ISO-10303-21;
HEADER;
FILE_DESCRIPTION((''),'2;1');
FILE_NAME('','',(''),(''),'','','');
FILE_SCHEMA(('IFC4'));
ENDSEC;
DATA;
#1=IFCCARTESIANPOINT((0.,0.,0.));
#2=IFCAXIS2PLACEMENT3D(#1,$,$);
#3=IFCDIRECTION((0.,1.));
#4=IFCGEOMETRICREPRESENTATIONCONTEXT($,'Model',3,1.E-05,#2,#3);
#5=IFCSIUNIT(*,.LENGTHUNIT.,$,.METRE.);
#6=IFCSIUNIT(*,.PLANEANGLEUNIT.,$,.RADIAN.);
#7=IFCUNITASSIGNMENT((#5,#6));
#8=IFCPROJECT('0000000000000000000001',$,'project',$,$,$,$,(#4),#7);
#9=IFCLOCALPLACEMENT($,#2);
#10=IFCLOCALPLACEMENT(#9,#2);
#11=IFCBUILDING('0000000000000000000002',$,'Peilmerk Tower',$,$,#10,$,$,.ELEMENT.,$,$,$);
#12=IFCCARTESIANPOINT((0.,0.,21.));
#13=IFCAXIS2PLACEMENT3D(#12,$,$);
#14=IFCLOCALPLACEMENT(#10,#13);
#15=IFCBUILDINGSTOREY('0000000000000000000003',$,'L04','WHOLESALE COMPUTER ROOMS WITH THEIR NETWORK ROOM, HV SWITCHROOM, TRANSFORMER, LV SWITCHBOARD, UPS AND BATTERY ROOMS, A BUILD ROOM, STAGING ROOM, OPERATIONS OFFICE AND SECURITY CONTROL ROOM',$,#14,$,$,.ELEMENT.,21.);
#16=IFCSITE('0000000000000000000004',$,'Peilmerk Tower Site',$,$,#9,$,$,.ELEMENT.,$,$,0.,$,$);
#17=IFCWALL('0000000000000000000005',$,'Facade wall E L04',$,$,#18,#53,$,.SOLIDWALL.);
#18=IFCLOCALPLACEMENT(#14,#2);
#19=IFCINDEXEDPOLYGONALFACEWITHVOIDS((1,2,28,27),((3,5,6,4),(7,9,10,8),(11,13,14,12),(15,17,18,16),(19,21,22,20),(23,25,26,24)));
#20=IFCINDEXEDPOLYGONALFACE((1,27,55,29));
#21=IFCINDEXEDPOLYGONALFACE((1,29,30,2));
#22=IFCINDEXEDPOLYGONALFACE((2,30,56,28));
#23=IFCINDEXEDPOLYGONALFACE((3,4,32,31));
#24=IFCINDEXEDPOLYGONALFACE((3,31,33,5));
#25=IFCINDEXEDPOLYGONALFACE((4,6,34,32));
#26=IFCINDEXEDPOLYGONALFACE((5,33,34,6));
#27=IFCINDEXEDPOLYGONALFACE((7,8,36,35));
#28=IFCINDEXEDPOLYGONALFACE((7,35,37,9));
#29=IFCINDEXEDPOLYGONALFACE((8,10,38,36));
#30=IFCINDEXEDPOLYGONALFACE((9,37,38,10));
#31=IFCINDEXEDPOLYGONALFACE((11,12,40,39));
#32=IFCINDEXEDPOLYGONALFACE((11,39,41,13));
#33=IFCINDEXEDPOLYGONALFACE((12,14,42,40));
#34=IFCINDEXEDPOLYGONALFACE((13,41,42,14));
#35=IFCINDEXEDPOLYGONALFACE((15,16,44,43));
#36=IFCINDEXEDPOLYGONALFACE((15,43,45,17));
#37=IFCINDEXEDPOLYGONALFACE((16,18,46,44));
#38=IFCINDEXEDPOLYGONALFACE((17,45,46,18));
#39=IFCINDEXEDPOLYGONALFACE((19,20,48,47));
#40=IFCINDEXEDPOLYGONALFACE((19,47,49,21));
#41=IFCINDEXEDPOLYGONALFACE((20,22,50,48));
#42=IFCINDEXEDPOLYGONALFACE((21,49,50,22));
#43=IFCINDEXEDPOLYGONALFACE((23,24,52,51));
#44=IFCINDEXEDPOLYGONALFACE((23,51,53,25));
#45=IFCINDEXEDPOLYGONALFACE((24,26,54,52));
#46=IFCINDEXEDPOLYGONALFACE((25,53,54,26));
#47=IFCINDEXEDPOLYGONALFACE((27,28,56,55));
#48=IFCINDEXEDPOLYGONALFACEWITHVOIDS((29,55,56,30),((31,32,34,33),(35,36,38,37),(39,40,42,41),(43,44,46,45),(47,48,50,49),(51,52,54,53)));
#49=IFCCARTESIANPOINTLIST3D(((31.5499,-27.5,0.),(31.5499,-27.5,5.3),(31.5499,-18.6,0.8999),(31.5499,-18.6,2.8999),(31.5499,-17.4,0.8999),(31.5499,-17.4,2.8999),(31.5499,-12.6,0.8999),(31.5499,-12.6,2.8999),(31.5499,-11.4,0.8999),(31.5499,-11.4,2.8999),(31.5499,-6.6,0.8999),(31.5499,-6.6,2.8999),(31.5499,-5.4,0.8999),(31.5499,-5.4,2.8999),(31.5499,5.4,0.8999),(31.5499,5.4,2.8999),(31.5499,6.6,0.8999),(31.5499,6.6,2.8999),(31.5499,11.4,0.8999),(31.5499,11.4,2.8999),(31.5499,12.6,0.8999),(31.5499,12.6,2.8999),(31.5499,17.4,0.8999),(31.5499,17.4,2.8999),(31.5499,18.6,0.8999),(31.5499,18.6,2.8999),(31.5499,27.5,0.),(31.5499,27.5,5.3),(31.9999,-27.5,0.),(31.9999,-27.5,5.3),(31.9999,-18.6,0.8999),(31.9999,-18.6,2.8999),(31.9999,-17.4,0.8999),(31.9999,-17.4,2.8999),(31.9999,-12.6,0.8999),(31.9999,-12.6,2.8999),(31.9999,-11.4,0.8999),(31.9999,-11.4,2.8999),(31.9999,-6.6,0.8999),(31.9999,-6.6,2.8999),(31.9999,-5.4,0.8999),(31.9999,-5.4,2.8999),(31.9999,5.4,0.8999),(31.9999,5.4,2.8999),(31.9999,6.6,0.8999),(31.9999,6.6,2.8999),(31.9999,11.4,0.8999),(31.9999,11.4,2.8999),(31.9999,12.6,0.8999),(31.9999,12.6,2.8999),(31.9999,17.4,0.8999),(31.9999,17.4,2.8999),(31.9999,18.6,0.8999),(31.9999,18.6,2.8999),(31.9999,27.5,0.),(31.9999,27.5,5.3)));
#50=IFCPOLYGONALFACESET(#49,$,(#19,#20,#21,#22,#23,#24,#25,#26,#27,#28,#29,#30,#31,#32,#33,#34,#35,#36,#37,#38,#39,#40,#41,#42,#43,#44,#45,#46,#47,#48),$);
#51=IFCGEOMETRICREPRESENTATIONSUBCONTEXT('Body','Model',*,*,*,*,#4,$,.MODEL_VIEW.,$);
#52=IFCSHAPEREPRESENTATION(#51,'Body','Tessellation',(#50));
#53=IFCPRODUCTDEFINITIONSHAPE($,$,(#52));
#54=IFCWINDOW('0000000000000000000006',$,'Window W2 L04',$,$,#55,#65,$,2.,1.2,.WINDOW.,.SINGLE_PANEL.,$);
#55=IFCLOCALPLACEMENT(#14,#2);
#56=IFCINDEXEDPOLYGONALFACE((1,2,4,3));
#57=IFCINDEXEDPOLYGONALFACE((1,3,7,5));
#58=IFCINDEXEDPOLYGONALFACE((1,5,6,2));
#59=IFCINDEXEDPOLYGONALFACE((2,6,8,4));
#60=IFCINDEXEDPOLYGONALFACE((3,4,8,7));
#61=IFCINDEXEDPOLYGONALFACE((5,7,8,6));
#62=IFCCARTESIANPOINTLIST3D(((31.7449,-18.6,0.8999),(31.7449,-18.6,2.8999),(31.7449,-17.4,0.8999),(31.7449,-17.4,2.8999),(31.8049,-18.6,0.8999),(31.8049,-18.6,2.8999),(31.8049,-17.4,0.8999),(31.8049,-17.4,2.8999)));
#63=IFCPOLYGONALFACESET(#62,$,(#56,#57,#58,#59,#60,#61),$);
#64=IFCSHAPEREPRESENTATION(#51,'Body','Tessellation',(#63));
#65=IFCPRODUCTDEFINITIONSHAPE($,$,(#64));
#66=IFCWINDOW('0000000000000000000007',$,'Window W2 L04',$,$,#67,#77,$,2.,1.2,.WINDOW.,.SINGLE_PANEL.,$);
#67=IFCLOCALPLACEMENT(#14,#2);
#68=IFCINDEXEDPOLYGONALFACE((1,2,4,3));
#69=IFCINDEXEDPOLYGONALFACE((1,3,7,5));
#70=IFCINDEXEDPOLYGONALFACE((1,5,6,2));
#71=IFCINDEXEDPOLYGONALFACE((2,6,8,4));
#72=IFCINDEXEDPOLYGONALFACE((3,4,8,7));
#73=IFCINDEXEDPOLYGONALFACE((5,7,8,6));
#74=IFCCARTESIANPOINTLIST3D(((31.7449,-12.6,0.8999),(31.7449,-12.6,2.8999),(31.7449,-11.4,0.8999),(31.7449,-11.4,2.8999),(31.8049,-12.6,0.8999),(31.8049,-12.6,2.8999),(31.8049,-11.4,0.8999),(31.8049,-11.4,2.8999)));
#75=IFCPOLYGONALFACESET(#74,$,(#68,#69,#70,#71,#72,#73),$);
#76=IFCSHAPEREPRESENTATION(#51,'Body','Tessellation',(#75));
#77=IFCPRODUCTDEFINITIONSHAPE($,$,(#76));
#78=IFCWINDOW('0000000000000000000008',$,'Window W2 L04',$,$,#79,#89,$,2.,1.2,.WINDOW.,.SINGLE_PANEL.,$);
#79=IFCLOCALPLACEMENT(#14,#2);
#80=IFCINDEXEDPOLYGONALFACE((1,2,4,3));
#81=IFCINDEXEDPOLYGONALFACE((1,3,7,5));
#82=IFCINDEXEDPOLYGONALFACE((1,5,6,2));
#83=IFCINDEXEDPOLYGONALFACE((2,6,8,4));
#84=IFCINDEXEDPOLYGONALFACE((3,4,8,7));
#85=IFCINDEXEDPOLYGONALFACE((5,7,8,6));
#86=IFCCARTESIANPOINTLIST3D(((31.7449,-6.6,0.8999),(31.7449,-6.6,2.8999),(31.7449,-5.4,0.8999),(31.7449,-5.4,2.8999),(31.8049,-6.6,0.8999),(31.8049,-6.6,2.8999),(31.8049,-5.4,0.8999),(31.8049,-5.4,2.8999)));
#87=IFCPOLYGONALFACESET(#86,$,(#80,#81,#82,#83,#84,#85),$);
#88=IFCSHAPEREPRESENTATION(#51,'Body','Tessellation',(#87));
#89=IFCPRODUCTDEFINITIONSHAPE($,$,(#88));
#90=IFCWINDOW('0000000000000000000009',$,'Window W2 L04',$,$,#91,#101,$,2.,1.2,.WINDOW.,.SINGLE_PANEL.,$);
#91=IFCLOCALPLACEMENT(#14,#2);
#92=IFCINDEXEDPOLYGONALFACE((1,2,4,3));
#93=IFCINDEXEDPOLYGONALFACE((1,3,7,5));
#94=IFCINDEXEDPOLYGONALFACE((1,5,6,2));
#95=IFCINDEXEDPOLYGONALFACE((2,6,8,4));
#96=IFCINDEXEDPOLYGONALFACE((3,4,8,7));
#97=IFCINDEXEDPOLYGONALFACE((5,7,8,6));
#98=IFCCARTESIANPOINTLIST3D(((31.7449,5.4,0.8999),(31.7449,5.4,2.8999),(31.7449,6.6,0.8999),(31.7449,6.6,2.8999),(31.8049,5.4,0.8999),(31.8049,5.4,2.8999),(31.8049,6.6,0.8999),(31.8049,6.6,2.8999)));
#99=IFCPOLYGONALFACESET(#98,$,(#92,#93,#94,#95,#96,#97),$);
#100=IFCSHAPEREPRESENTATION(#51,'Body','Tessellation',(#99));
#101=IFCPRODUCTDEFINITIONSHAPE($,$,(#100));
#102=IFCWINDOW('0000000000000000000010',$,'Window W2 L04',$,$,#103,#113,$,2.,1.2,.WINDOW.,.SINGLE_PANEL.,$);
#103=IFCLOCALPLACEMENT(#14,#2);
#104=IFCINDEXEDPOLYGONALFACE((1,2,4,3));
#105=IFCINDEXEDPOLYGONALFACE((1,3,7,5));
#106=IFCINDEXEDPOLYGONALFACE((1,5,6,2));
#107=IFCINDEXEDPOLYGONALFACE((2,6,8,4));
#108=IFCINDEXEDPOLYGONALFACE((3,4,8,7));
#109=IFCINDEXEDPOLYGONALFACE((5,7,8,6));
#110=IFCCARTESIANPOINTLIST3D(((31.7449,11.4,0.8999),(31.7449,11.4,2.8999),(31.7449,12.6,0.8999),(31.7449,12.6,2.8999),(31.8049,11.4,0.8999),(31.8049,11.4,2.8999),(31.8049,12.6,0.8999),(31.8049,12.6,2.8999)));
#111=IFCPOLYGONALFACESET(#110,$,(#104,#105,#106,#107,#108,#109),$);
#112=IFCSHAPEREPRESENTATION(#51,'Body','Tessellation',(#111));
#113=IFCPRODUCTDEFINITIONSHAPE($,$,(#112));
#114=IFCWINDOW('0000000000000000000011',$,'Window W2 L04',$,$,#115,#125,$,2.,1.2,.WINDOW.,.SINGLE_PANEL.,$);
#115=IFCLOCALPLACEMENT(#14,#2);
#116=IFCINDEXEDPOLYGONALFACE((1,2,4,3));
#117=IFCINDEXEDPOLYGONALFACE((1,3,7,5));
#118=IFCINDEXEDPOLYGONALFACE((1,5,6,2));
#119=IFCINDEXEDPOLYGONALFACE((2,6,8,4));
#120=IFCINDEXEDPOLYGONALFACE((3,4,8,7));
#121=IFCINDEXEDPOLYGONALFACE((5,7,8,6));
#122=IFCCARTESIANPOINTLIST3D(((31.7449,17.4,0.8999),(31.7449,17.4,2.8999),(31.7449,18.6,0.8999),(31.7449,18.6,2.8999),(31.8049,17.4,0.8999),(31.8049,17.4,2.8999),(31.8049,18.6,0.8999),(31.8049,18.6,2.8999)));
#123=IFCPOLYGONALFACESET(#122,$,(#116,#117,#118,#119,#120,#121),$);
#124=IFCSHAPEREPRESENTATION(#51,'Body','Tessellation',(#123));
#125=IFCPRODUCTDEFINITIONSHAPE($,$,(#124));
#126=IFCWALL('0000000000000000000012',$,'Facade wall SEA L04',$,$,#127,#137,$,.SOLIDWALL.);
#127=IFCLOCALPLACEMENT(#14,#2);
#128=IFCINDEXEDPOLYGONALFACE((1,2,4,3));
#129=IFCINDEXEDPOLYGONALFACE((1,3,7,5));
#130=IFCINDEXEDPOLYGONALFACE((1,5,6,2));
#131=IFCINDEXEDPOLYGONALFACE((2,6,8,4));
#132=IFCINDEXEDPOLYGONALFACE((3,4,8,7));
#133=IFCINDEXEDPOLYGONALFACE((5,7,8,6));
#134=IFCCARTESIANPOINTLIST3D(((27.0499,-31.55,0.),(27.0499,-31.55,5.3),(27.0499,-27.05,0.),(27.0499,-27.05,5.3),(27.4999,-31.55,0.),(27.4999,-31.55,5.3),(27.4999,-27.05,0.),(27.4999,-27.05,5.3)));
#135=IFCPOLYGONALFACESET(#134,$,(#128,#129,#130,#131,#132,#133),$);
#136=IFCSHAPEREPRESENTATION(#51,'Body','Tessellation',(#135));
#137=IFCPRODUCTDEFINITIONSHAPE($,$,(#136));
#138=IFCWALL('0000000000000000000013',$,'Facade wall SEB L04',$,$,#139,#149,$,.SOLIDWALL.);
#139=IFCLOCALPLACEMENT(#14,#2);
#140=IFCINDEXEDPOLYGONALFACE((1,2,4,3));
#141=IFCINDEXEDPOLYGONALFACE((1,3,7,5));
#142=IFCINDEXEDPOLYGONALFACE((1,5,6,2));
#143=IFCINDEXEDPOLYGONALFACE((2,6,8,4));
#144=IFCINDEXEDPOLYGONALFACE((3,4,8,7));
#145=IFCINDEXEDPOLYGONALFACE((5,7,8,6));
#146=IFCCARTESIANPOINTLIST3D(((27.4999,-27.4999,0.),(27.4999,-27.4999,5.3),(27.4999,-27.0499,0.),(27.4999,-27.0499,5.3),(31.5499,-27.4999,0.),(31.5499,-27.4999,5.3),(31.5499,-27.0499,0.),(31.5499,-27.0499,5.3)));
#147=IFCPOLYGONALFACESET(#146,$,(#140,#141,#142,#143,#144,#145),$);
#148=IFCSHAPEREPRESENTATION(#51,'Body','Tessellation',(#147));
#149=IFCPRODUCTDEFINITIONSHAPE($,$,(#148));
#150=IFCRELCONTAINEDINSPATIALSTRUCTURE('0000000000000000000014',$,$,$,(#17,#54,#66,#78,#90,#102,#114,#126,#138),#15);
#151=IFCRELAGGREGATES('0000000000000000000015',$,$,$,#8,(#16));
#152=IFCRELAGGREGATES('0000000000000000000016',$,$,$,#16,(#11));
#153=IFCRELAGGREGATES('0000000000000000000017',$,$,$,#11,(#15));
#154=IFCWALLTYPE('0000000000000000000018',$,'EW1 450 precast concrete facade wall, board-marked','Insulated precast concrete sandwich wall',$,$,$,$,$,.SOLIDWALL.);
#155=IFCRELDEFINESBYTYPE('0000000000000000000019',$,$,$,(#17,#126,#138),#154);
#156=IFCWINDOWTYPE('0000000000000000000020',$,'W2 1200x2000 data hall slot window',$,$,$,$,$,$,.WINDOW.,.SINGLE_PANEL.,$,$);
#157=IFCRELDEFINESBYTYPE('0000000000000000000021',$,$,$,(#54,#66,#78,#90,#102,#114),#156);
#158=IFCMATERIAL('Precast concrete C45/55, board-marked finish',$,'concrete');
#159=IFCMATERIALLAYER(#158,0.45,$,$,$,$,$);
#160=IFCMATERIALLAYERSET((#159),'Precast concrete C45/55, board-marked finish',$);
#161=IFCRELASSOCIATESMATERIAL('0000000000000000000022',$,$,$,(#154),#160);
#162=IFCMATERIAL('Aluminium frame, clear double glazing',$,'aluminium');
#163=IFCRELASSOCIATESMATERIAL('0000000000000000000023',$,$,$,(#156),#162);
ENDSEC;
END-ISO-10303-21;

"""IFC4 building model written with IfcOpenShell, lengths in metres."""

from ifc_helpers import new_model, si_unit, direction, frame, frame_2d, origin, place, context, subcontext, project, spatial, rectangle, extrude, material, layer, layer_set, type_object, element, fill, save


model = new_model("IFC4")

# Units and contexts
model_context = context("Model", 3, precision=1e-05, world=origin(), true_north=direction((0.0, 1.0)))
body_context = subcontext(model_context, "Body", "Model", "MODEL_VIEW")
ifc_project = project(units=[si_unit("LENGTHUNIT", "METRE"), si_unit("PLANEANGLEUNIT", "RADIAN")], contexts=[model_context])

# Site, building, storey
site_placement = place(None, origin())
site = spatial("IfcSite", under=ifc_project, at=site_placement, Name="Peilmerk Tower Site", CompositionType="ELEMENT", RefElevation=0.0)
building_placement = place(site_placement, origin())
building = spatial("IfcBuilding", under=site, at=building_placement, Name="Peilmerk Tower", CompositionType="ELEMENT")
storey_placement = place(building_placement, frame((0.0, 0.0, 21.0)))
storey = spatial("IfcBuildingStorey", under=building, at=storey_placement, Name="L04", Description="WHOLESALE COMPUTER ROOMS WITH THEIR NETWORK ROOM, HV SWITCHROOM, TRANSFORMER, LV SWITCHBOARD, UPS AND BATTERY ROOMS, A BUILD ROOM, STAGING ROOM, OPERATIONS OFFICE AND SECURITY CONTROL ROOM", CompositionType="ELEMENT", Elevation=21.0)

# Wall, openings, windows
ifc_material_1 = material(Name="Precast concrete C45/55, board-marked finish", Category="concrete")
ifc_layer = layer(ifc_material_1, 0.45)
ifc_layer_set = layer_set([ifc_layer], Name="Precast concrete C45/55, board-marked finish")
wall_type = type_object("IfcWallType", Name="EW1 450 precast concrete facade wall, board-marked", Description="Insulated precast concrete sandwich wall", PredefinedType="SOLIDWALL", material=ifc_layer_set)
wall_1_placement = place(storey_placement, frame((31.7749, -27.5, 0.0), z_axis=(0.0, 0.0, 1.0), x_axis=(0.0, 1.0, 0.0)))
wall_1 = element("IfcWall", 1, at=wall_1_placement, inside=storey, type_object=wall_type, Name="Facade wall E L04", PredefinedType="SOLIDWALL", context=body_context, shape_type="SweptSolid", body=[
    extrude(rectangle(XDim=55.0, YDim=0.45, at=frame_2d((27.5, 0.0))), origin(), (0.0, 0.0, 1.0), 5.3),
])
opening_1_placement = place(wall_1_placement, frame((8.8999, 0.0, 0.8999)))
opening_1 = element("IfcOpeningElement", 2, at=opening_1_placement, cuts=wall_1, PredefinedType="OPENING", context=body_context, shape_type="SweptSolid", body=[
    extrude(rectangle(XDim=1.2, YDim=2.0, at=frame_2d((0.6001, 1.0))), frame((0.0, 0.2349, 0.0), z_axis=(0.0, -1.0, 0.0), x_axis=(1.0, 0.0, 0.0)), (0.0, 0.0, 1.0), 0.47),
])
opening_2_placement = place(wall_1_placement, frame((14.8999, 0.0, 0.8999)))
opening_2 = element("IfcOpeningElement", 3, at=opening_2_placement, cuts=wall_1, PredefinedType="OPENING", context=body_context, shape_type="SweptSolid", body=[
    extrude(rectangle(XDim=1.2, YDim=2.0, at=frame_2d((0.6001, 1.0))), frame((0.0, 0.2349, 0.0), z_axis=(0.0, -1.0, 0.0), x_axis=(1.0, 0.0, 0.0)), (0.0, 0.0, 1.0), 0.47),
])
opening_3_placement = place(wall_1_placement, frame((20.8999, 0.0, 0.8999)))
opening_3 = element("IfcOpeningElement", 4, at=opening_3_placement, cuts=wall_1, PredefinedType="OPENING", context=body_context, shape_type="SweptSolid", body=[
    extrude(rectangle(XDim=1.2, YDim=2.0, at=frame_2d((0.6001, 1.0))), frame((0.0, 0.2349, 0.0), z_axis=(0.0, -1.0, 0.0), x_axis=(1.0, 0.0, 0.0)), (0.0, 0.0, 1.0), 0.47),
])
opening_4_placement = place(wall_1_placement, frame((32.8999, 0.0, 0.8999)))
opening_4 = element("IfcOpeningElement", 5, at=opening_4_placement, cuts=wall_1, PredefinedType="OPENING", context=body_context, shape_type="SweptSolid", body=[
    extrude(rectangle(XDim=1.2, YDim=2.0, at=frame_2d((0.6001, 1.0))), frame((0.0, 0.2349, 0.0), z_axis=(0.0, -1.0, 0.0), x_axis=(1.0, 0.0, 0.0)), (0.0, 0.0, 1.0), 0.47),
])
opening_5_placement = place(wall_1_placement, frame((38.8999, 0.0, 0.8999)))
opening_5 = element("IfcOpeningElement", 6, at=opening_5_placement, cuts=wall_1, PredefinedType="OPENING", context=body_context, shape_type="SweptSolid", body=[
    extrude(rectangle(XDim=1.2, YDim=2.0, at=frame_2d((0.6001, 1.0))), frame((0.0, 0.2349, 0.0), z_axis=(0.0, -1.0, 0.0), x_axis=(1.0, 0.0, 0.0)), (0.0, 0.0, 1.0), 0.47),
])
opening_6_placement = place(wall_1_placement, frame((44.8999, 0.0, 0.8999)))
opening_6 = element("IfcOpeningElement", 7, at=opening_6_placement, cuts=wall_1, PredefinedType="OPENING", context=body_context, shape_type="SweptSolid", body=[
    extrude(rectangle(XDim=1.2, YDim=2.0, at=frame_2d((0.6001, 1.0))), frame((0.0, 0.2349, 0.0), z_axis=(0.0, -1.0, 0.0), x_axis=(1.0, 0.0, 0.0)), (0.0, 0.0, 1.0), 0.47),
])
ifc_material_2 = material(Name="Aluminium frame, clear double glazing", Category="aluminium")
window_type = type_object("IfcWindowType", Name="W2 1200x2000 data hall slot window", PartitioningType="SINGLE_PANEL", PredefinedType="WINDOW", material=ifc_material_2)
window_1_placement = place(opening_1_placement, origin())
window_1 = element("IfcWindow", 8, at=window_1_placement, inside=storey, type_object=window_type, Name="Window W2 L04", OverallHeight=2.0, OverallWidth=1.2, PartitioningType="SINGLE_PANEL", PredefinedType="WINDOW", context=body_context, shape_type="SweptSolid", body=[
    extrude(rectangle(XDim=1.2, YDim=2.0, at=frame_2d((0.6001, 1.0))), frame((0.0, 0.03, 0.0), z_axis=(0.0, -1.0, 0.0), x_axis=(1.0, 0.0, 0.0)), (0.0, 0.0, 1.0), 0.0601),
])
fill(opening_1, window_1)
window_2_placement = place(opening_2_placement, origin())
window_2 = element("IfcWindow", 9, at=window_2_placement, inside=storey, type_object=window_type, Name="Window W2 L04", OverallHeight=2.0, OverallWidth=1.2, PartitioningType="SINGLE_PANEL", PredefinedType="WINDOW", context=body_context, shape_type="SweptSolid", body=[
    extrude(rectangle(XDim=1.2, YDim=2.0, at=frame_2d((0.6001, 1.0))), frame((0.0, 0.03, 0.0), z_axis=(0.0, -1.0, 0.0), x_axis=(1.0, 0.0, 0.0)), (0.0, 0.0, 1.0), 0.0601),
])
fill(opening_2, window_2)
window_3_placement = place(opening_3_placement, origin())
window_3 = element("IfcWindow", 10, at=window_3_placement, inside=storey, type_object=window_type, Name="Window W2 L04", OverallHeight=2.0, OverallWidth=1.2, PartitioningType="SINGLE_PANEL", PredefinedType="WINDOW", context=body_context, shape_type="SweptSolid", body=[
    extrude(rectangle(XDim=1.2, YDim=2.0, at=frame_2d((0.6001, 1.0))), frame((0.0, 0.03, 0.0), z_axis=(0.0, -1.0, 0.0), x_axis=(1.0, 0.0, 0.0)), (0.0, 0.0, 1.0), 0.0601),
])
fill(opening_3, window_3)
window_4_placement = place(opening_4_placement, origin())
window_4 = element("IfcWindow", 11, at=window_4_placement, inside=storey, type_object=window_type, Name="Window W2 L04", OverallHeight=2.0, OverallWidth=1.2, PartitioningType="SINGLE_PANEL", PredefinedType="WINDOW", context=body_context, shape_type="SweptSolid", body=[
    extrude(rectangle(XDim=1.2, YDim=2.0, at=frame_2d((0.6001, 1.0))), frame((0.0, 0.03, 0.0), z_axis=(0.0, -1.0, 0.0), x_axis=(1.0, 0.0, 0.0)), (0.0, 0.0, 1.0), 0.0601),
])
fill(opening_4, window_4)
window_5_placement = place(opening_5_placement, origin())
window_5 = element("IfcWindow", 12, at=window_5_placement, inside=storey, type_object=window_type, Name="Window W2 L04", OverallHeight=2.0, OverallWidth=1.2, PartitioningType="SINGLE_PANEL", PredefinedType="WINDOW", context=body_context, shape_type="SweptSolid", body=[
    extrude(rectangle(XDim=1.2, YDim=2.0, at=frame_2d((0.6001, 1.0))), frame((0.0, 0.03, 0.0), z_axis=(0.0, -1.0, 0.0), x_axis=(1.0, 0.0, 0.0)), (0.0, 0.0, 1.0), 0.0601),
])
fill(opening_5, window_5)
window_6_placement = place(opening_6_placement, origin())
window_6 = element("IfcWindow", 13, at=window_6_placement, inside=storey, type_object=window_type, Name="Window W2 L04", OverallHeight=2.0, OverallWidth=1.2, PartitioningType="SINGLE_PANEL", PredefinedType="WINDOW", context=body_context, shape_type="SweptSolid", body=[
    extrude(rectangle(XDim=1.2, YDim=2.0, at=frame_2d((0.6001, 1.0))), frame((0.0, 0.03, 0.0), z_axis=(0.0, -1.0, 0.0), x_axis=(1.0, 0.0, 0.0)), (0.0, 0.0, 1.0), 0.0601),
])
fill(opening_6, window_6)

# Walls
wall_2_placement = place(storey_placement, frame((27.2749, -27.05, 0.0), z_axis=(0.0, 0.0, 1.0), x_axis=(0.0, -1.0, 0.0)))
element("IfcWall", 14, at=wall_2_placement, inside=storey, type_object=wall_type, Name="Facade wall SEA L04", PredefinedType="SOLIDWALL", context=body_context, shape_type="SweptSolid", body=[
    extrude(rectangle(XDim=4.5, YDim=0.45, at=frame_2d((2.25, 0.0))), origin(), (0.0, 0.0, 1.0), 5.3),
])
wall_3_placement = place(storey_placement, frame((27.5, -27.2749, 0.0), z_axis=(0.0, 0.0, 1.0), x_axis=(1.0, 0.0, 0.0)))
element("IfcWall", 15, at=wall_3_placement, inside=storey, type_object=wall_type, Name="Facade wall SEB L04", PredefinedType="SOLIDWALL", context=body_context, shape_type="SweptSolid", body=[
    extrude(rectangle(XDim=4.05, YDim=0.45, at=frame_2d((2.0249, 0.0))), origin(), (0.0, 0.0, 1.0), 5.3),
])

save(model, "model.ifc")
